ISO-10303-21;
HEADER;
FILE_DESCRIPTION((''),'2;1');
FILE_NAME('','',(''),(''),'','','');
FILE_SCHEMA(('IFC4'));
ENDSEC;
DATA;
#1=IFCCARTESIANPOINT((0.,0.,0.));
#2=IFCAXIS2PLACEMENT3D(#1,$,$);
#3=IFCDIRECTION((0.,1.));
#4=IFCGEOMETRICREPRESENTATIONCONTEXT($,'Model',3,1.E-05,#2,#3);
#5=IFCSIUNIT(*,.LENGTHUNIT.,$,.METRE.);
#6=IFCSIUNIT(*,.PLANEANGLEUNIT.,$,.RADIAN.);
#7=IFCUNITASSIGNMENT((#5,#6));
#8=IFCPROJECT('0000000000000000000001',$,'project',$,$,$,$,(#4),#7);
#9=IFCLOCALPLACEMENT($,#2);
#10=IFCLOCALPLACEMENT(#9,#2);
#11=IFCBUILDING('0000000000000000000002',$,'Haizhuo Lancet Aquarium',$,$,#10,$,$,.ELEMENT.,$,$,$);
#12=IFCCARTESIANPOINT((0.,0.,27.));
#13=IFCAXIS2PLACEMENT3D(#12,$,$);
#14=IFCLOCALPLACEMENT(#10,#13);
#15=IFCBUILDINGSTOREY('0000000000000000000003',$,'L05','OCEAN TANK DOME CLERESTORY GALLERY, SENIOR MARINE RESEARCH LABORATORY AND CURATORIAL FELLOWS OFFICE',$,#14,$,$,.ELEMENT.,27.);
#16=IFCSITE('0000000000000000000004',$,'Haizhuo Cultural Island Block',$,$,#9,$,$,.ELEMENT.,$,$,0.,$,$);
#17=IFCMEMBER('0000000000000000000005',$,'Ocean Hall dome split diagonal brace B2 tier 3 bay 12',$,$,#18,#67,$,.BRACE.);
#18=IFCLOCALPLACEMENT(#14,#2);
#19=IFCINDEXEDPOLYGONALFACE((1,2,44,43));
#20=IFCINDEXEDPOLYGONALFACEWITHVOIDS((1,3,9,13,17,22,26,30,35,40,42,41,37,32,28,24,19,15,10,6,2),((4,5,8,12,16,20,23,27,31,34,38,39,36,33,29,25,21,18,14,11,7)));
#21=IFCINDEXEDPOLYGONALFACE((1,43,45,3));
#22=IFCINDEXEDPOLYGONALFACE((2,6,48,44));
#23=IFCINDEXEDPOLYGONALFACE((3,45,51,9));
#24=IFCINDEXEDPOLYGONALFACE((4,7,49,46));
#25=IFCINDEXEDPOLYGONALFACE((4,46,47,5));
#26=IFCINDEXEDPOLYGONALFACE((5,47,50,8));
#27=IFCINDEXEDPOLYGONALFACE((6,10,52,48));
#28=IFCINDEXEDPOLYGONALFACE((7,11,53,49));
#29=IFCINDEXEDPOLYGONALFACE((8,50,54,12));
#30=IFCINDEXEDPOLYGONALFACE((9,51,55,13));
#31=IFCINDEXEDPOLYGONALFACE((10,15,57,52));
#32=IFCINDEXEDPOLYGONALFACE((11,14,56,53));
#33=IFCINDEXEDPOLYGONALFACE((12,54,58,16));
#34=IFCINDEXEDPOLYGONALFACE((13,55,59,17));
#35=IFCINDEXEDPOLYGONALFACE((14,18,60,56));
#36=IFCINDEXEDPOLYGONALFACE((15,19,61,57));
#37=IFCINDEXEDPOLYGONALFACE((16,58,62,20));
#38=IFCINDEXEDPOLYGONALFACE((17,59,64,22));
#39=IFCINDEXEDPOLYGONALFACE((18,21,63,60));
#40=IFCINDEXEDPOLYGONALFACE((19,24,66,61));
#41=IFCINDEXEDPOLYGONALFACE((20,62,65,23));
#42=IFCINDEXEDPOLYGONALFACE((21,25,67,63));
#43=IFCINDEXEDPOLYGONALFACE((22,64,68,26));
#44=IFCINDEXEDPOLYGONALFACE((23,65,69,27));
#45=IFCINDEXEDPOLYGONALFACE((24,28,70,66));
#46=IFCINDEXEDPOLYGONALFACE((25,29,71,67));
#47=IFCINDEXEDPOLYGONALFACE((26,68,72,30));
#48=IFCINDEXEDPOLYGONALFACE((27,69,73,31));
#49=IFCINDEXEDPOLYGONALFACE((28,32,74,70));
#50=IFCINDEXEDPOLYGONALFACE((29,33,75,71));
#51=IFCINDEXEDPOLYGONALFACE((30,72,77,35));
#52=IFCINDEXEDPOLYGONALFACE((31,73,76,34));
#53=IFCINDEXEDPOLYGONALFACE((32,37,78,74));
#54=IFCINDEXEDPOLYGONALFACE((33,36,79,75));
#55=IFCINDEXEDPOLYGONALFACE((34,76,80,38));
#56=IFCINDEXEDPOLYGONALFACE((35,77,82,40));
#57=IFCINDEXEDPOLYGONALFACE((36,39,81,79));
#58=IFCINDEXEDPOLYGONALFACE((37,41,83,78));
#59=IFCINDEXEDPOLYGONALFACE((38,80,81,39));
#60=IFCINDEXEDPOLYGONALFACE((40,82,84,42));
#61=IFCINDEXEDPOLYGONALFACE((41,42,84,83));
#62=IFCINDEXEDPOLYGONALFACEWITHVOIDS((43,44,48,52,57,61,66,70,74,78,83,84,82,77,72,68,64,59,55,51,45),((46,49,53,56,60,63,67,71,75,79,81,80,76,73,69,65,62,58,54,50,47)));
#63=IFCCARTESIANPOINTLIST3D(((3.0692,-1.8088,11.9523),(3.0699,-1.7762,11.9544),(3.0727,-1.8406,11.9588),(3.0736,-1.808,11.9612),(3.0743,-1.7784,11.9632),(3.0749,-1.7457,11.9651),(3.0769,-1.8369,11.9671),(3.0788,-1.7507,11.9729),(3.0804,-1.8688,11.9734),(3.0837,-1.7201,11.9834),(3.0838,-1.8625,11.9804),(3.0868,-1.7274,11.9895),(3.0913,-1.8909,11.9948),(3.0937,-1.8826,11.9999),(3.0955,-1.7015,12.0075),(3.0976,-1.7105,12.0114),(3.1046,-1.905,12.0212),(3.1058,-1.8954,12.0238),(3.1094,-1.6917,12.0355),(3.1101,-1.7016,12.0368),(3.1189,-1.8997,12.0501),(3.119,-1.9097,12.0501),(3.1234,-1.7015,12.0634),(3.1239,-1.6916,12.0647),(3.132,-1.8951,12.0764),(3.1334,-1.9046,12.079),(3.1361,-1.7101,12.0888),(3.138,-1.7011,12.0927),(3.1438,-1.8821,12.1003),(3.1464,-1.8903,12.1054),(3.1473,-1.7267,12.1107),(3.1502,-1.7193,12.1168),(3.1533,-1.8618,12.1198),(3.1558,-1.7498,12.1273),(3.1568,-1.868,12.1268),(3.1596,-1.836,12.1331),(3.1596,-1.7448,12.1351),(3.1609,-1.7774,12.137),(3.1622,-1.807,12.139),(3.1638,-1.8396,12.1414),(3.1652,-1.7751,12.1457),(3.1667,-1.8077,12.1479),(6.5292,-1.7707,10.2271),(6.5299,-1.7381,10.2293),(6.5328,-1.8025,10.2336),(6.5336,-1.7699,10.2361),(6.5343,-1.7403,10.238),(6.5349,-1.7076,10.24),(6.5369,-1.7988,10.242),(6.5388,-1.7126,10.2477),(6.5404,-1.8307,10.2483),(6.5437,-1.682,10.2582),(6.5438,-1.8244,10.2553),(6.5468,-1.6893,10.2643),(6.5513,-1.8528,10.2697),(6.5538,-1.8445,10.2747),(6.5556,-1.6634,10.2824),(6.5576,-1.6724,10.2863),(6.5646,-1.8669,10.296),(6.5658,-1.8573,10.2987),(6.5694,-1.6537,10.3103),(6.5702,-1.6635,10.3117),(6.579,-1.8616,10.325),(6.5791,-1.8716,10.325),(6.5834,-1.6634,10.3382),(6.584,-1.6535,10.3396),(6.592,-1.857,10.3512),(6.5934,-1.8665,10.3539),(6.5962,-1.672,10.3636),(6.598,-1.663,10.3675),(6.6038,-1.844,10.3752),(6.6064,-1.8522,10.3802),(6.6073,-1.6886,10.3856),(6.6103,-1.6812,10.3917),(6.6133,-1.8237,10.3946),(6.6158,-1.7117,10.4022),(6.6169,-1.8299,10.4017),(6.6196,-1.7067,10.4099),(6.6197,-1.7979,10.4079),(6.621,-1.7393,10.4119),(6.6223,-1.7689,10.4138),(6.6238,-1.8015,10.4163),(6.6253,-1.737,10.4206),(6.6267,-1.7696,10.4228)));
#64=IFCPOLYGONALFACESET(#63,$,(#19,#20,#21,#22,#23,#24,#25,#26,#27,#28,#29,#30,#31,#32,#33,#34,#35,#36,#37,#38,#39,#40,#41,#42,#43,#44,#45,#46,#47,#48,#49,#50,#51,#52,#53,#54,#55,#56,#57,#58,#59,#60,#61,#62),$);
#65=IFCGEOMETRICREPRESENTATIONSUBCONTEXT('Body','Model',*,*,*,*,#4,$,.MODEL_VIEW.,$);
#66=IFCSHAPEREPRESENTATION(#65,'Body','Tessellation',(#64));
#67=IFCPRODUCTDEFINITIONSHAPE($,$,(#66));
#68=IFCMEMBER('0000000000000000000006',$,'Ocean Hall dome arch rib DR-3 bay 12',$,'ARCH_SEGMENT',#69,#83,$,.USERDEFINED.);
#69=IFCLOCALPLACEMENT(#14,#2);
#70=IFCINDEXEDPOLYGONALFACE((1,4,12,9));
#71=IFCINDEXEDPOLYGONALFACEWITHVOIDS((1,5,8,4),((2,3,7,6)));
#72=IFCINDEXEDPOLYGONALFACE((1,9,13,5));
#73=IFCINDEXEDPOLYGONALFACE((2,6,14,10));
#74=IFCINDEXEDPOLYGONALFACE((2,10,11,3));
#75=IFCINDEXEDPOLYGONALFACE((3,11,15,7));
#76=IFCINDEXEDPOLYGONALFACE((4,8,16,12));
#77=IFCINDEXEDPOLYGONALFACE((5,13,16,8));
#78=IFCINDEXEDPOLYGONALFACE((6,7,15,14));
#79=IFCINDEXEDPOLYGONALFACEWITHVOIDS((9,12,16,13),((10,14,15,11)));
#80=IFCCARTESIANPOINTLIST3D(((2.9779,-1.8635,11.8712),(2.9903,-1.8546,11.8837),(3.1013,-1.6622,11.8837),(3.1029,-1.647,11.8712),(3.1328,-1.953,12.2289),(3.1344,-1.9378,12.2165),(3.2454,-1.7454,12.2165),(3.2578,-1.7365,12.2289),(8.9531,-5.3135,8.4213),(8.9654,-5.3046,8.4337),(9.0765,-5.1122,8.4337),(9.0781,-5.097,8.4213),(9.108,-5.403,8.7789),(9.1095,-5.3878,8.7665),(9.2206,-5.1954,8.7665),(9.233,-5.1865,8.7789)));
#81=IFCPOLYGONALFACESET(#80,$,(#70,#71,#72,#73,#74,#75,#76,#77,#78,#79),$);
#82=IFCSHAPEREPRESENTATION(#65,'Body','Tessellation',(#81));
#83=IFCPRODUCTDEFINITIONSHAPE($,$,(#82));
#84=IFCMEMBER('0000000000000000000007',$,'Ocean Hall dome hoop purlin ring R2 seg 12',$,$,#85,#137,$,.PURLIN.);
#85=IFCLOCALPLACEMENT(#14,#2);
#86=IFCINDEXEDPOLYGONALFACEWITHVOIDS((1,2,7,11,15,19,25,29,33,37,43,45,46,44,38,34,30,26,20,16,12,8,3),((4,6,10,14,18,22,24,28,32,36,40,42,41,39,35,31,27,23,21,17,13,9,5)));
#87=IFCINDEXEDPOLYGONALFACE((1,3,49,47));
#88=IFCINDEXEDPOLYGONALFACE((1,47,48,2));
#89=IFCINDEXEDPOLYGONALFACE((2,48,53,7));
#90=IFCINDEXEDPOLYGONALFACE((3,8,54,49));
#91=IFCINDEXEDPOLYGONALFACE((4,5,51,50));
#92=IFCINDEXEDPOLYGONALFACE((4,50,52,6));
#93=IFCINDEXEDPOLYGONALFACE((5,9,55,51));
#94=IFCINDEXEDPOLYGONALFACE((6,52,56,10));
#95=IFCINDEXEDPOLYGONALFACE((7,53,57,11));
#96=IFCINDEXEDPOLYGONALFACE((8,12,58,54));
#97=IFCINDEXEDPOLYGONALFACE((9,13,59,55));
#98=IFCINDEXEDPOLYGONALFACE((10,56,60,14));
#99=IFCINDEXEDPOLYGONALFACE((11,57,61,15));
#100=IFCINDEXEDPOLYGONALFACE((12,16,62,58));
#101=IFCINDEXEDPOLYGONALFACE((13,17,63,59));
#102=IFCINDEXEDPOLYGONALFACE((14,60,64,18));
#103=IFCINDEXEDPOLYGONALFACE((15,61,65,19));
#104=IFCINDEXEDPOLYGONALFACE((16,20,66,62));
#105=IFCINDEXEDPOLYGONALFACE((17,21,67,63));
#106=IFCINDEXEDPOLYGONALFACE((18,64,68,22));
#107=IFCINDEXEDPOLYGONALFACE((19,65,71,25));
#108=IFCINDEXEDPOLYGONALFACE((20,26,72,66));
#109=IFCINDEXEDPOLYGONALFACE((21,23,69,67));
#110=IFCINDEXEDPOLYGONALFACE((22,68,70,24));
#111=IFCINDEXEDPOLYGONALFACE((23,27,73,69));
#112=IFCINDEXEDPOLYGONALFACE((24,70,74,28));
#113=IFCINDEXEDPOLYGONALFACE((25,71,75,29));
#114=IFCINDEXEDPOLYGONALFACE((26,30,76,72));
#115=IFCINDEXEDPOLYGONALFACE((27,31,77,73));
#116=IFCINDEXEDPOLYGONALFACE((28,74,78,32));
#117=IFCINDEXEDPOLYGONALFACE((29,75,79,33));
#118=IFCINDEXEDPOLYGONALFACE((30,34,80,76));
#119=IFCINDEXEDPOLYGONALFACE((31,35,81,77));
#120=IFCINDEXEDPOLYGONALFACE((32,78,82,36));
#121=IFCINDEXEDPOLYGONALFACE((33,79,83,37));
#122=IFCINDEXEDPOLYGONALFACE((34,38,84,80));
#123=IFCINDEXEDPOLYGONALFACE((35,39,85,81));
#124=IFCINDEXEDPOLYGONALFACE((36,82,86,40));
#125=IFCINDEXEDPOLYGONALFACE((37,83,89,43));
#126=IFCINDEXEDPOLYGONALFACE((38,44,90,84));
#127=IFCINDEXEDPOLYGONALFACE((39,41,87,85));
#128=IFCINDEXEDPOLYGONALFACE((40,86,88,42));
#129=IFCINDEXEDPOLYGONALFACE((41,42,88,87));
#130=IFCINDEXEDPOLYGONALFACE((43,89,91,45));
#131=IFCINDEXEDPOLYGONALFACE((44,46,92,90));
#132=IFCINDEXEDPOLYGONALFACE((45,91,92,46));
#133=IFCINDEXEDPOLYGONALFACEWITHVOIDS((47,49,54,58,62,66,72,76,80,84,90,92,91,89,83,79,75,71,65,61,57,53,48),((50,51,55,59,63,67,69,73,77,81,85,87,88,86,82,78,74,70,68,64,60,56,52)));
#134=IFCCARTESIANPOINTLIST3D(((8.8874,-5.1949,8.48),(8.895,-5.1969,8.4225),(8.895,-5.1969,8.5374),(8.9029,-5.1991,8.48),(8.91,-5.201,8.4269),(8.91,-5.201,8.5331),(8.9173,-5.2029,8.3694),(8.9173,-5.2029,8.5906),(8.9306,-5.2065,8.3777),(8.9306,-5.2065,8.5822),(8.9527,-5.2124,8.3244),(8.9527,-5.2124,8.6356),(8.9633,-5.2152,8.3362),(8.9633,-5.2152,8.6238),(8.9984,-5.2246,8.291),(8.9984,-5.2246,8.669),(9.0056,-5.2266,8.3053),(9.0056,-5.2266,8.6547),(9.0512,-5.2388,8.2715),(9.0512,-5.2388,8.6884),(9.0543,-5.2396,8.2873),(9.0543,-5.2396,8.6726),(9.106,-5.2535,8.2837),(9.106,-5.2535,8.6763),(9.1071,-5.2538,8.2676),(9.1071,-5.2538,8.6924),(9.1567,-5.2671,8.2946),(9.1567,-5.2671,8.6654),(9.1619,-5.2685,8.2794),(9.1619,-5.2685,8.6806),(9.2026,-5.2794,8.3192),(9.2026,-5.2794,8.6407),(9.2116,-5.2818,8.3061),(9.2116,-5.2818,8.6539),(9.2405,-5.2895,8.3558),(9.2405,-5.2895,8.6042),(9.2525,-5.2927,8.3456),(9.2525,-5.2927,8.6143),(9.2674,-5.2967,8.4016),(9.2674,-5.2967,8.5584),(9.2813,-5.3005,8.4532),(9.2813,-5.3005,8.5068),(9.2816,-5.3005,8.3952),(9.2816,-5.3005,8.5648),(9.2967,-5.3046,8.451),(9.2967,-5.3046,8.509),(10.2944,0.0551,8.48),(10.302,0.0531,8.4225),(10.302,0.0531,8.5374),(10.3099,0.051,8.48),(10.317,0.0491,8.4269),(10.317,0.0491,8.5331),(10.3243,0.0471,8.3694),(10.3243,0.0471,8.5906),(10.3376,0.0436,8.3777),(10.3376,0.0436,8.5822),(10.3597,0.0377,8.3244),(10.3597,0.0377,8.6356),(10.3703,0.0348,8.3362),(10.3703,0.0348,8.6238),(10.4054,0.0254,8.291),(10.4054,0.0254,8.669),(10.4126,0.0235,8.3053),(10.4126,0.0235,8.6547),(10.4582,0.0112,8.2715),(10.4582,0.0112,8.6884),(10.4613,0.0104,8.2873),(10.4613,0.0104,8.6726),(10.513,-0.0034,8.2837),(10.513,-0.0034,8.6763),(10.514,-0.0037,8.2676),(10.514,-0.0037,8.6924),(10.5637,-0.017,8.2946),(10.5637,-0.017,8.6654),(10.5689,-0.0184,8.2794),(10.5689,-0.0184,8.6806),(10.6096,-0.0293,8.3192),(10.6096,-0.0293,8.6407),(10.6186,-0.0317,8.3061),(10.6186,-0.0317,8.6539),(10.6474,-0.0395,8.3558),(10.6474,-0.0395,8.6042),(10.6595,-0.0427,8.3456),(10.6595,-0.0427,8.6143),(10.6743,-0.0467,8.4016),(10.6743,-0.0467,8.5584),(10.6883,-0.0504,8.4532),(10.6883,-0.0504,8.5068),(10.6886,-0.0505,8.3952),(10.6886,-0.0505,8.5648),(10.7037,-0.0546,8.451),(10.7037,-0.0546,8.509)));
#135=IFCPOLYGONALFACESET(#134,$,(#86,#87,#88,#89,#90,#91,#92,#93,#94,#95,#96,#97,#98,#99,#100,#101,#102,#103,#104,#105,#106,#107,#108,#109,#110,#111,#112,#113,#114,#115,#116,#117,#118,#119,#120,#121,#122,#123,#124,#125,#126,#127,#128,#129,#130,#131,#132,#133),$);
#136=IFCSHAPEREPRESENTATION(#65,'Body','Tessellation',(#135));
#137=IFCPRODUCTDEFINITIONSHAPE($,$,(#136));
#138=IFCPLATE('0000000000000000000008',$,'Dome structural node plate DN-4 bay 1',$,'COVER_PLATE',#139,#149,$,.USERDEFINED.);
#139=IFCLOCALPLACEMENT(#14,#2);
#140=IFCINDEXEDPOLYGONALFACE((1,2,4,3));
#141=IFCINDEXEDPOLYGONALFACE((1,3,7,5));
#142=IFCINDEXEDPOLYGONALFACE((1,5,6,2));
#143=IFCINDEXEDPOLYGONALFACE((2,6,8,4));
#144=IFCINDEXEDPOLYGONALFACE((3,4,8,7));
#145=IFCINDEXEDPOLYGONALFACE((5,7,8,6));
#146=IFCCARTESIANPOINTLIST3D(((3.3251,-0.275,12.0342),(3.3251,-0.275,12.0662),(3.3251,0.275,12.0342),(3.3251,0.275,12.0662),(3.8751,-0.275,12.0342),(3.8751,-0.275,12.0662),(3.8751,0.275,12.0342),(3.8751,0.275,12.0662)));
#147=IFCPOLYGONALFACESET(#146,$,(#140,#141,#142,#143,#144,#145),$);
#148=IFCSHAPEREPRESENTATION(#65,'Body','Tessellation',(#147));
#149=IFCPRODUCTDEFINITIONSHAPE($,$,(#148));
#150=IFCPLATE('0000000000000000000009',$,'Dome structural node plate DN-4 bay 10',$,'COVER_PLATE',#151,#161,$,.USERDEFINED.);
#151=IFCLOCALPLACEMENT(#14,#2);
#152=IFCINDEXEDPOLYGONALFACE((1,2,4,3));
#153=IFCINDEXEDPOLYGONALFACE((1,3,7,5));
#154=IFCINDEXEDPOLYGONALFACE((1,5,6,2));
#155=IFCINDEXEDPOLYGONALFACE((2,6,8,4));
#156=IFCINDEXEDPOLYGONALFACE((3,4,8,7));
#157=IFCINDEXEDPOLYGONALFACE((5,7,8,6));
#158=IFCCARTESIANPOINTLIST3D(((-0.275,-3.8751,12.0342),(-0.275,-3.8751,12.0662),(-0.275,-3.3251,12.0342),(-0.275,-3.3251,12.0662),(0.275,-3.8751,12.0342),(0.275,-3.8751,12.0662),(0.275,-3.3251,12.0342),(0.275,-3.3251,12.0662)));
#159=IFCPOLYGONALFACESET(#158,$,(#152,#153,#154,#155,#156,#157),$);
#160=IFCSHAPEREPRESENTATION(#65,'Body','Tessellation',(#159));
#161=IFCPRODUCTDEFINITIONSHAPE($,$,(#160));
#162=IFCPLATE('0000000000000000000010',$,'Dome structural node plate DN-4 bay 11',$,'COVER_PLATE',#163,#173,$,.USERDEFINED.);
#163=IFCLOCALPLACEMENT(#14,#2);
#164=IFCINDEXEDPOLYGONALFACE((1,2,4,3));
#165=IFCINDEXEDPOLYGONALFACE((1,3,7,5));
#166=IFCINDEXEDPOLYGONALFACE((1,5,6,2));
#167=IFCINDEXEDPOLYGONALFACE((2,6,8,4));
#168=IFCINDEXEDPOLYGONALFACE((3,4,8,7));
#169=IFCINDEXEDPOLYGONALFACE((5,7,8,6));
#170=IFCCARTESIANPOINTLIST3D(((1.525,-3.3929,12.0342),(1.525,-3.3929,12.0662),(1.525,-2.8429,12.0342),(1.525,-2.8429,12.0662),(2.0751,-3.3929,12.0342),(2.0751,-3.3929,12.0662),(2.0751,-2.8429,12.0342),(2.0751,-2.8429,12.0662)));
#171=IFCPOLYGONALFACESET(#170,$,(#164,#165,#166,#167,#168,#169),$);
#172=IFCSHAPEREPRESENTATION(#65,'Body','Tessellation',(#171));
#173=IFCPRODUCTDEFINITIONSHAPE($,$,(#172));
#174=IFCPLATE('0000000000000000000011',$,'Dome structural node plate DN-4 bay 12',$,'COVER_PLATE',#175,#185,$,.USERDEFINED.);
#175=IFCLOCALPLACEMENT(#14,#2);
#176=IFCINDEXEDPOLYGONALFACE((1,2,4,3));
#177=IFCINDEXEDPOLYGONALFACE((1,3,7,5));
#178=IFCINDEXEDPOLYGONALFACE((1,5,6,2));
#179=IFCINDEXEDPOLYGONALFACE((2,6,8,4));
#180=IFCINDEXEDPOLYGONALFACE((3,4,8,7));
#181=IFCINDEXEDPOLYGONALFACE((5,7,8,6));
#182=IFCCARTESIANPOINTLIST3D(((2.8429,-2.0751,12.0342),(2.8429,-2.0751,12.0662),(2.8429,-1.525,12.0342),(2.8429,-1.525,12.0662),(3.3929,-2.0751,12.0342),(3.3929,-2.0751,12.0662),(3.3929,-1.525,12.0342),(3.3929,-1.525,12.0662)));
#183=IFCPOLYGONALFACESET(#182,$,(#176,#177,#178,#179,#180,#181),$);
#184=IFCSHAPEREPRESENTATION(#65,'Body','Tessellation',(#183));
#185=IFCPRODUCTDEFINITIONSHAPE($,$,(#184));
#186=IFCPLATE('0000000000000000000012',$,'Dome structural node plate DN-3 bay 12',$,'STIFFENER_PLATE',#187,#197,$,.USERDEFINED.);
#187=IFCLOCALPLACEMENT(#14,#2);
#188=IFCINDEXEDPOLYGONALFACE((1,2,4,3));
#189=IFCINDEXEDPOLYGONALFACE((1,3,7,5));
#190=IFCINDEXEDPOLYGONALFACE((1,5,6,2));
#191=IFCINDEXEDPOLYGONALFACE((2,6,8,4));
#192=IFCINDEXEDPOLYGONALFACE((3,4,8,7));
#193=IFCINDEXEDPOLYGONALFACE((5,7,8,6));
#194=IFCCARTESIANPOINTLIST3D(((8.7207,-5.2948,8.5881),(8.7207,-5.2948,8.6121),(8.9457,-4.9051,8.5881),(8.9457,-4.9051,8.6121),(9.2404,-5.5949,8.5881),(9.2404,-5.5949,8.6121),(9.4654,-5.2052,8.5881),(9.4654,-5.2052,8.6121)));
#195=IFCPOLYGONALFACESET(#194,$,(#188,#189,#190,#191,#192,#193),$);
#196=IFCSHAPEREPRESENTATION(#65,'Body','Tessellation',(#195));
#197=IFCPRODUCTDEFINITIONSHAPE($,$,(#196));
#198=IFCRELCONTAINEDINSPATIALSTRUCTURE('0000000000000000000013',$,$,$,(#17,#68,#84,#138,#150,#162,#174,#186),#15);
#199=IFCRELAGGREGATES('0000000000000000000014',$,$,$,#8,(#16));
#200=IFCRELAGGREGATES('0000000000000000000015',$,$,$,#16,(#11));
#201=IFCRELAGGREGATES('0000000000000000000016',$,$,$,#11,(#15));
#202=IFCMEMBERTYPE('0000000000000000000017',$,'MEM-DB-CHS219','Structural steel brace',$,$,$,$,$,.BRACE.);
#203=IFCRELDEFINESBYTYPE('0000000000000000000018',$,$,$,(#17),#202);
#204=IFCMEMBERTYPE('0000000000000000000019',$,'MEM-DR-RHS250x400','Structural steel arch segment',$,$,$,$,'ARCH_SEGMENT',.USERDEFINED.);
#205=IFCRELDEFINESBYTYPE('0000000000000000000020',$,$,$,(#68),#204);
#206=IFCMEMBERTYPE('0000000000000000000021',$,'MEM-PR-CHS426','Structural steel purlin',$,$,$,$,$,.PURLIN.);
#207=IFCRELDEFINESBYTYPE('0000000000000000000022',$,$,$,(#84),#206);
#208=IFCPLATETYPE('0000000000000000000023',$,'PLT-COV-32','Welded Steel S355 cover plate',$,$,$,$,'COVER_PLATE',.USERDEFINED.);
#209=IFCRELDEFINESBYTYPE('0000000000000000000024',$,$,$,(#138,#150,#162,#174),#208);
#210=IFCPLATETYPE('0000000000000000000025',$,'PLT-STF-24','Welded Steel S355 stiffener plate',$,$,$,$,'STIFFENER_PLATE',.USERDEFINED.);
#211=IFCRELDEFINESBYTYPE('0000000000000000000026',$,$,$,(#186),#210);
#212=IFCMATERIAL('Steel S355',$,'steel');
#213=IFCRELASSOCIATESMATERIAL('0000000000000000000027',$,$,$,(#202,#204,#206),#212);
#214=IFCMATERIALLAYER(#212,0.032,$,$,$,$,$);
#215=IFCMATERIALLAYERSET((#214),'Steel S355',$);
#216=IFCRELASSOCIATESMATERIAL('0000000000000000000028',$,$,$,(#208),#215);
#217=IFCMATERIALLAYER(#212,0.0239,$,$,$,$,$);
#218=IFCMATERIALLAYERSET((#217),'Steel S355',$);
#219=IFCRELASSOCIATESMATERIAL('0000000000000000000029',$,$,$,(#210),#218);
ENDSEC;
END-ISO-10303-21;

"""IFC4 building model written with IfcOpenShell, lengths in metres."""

from ifc_helpers import new_model, si_unit, direction, frame, origin, origin_2d, place, context, subcontext, project, spatial, rectangle, hollow_rectangle, hollow_circle, extrude, material, layer, layer_set, material_profile, profile_set, type_object, element, save


model = new_model("IFC4")

# Units and contexts
model_context = context("Model", 3, precision=1e-05, world=origin(), true_north=direction((0.0, 1.0)))
body_context = subcontext(model_context, "Body", "Model", "MODEL_VIEW")
ifc_project = project(units=[si_unit("LENGTHUNIT", "METRE"), si_unit("PLANEANGLEUNIT", "RADIAN")], contexts=[model_context])

# Site, building, storey
site_placement = place(None, origin())
site = spatial("IfcSite", under=ifc_project, at=site_placement, Name="Haizhuo Cultural Island Block", CompositionType="ELEMENT", RefElevation=0.0)
building_placement = place(site_placement, origin())
building = spatial("IfcBuilding", under=site, at=building_placement, Name="Haizhuo Lancet Aquarium", CompositionType="ELEMENT")
storey_placement = place(building_placement, frame((0.0, 0.0, 27.0)))
storey = spatial("IfcBuildingStorey", under=building, at=storey_placement, Name="L05", Description="OCEAN TANK DOME CLERESTORY GALLERY, SENIOR MARINE RESEARCH LABORATORY AND CURATORIAL FELLOWS OFFICE", CompositionType="ELEMENT", Elevation=27.0)

# Shared definitions
ifc_material_1 = material(Name="Steel S355", Category="steel")

# Members
ifc_material_profile_1 = material_profile(ifc_material_1, hollow_circle(Radius=0.1096, WallThickness=0.01, at=origin_2d()), Name="CHS 219x10")
ifc_profile_set_1 = profile_set([ifc_material_profile_1], Name="Steel S355")
member_type_1 = type_object("IfcMemberType", Name="MEM-DB-CHS219", Description="Structural steel brace", PredefinedType="BRACE", material=ifc_profile_set_1)
member_1_placement = place(storey_placement, frame((6.5779, -1.762, 10.325), z_axis=(-0.894888, -0.009851, 0.446181), x_axis=(0.011007, -0.999939, 0.0)))
element("IfcMember", 1, at=member_1_placement, inside=storey, type_object=member_type_1, Name="Ocean Hall dome split diagonal brace B2 tier 3 bay 12", PredefinedType="BRACE", context=body_context, shape_type="SweptSolid", body=[
    extrude(hollow_circle(Radius=0.1096, WallThickness=0.01, at=origin_2d()), origin(), (0.0, 0.0, 1.0), 3.8665),
])
ifc_material_profile_2 = material_profile(ifc_material_1, hollow_rectangle(XDim=0.25, YDim=0.3999, WallThickness=0.0139, at=origin_2d()), Name="RHS 250x400x14")
ifc_profile_set_2 = profile_set([ifc_material_profile_2], Name="Steel S355")
member_type_2 = type_object("IfcMemberType", Name="MEM-DR-RHS250x400", Description="Structural steel arch segment", ElementType="ARCH_SEGMENT", PredefinedType="USERDEFINED", material=ifc_profile_set_2)
member_2_placement = place(storey_placement, frame((9.093, -5.25, 8.6001), z_axis=(-0.774576, 0.447231, 0.447231), x_axis=(-0.500025, -0.866011, 0.0)))
element("IfcMember", 2, at=member_2_placement, inside=storey, type_object=member_type_2, Name="Ocean Hall dome arch rib DR-3 bay 12", ObjectType="ARCH_SEGMENT", PredefinedType="USERDEFINED", context=body_context, shape_type="SweptSolid", body=[
    extrude(hollow_rectangle(XDim=0.25, YDim=0.3999, WallThickness=0.0139, at=origin_2d()), origin(), (0.0, 0.0, 1.0), 7.7141),
])
ifc_material_profile_3 = material_profile(ifc_material_1, hollow_circle(Radius=0.2129, WallThickness=0.0161, at=origin_2d()), Name="CHS 426x16")
ifc_profile_set_3 = profile_set([ifc_material_profile_3], Name="Steel S355")
member_type_3 = type_object("IfcMemberType", Name="MEM-PR-CHS426", Description="Structural steel purlin", PredefinedType="PURLIN", material=ifc_profile_set_3)
member_3_placement = place(storey_placement, frame((9.093, -5.25, 8.48), z_axis=(0.258862, 0.965914, 0.0), x_axis=(-0.965914, 0.258862, 0.0)))
element("IfcMember", 3, at=member_3_placement, inside=storey, type_object=member_type_3, Name="Ocean Hall dome hoop purlin ring R2 seg 12", PredefinedType="PURLIN", context=body_context, shape_type="SweptSolid", body=[
    extrude(hollow_circle(Radius=0.2129, WallThickness=0.0161, at=origin_2d()), origin(), (0.0, 0.0, 1.0), 5.4353),
])

# Plates
ifc_layer_1 = layer(ifc_material_1, 0.032)
ifc_layer_set_1 = layer_set([ifc_layer_1], Name="Steel S355")
plate_type_1 = type_object("IfcPlateType", Name="PLT-COV-32", Description="Welded Steel S355 cover plate", ElementType="COVER_PLATE", PredefinedType="USERDEFINED", material=ifc_layer_set_1)
for number, where, z_axis, x_axis, name in (
    (4, (3.6001, 0.0, 12.0342), (0.0, 0.0, 1.0), (1.0, 0.0, 0.0), "Dome structural node plate DN-4 bay 1"),
    (5, (0.0, -3.6001, 12.0342), (0.0, 0.0, 1.0), (1.0, 0.0, 0.0), "Dome structural node plate DN-4 bay 10"),
    (6, (1.8, -3.1179, 12.0342), (0.0, 0.0, 1.0), (1.0, 0.0, 0.0), "Dome structural node plate DN-4 bay 11"),
    (7, (3.1179, -1.8, 12.0342), (0.0, 0.0, 1.0), (1.0, 0.0, 0.0), "Dome structural node plate DN-4 bay 12"),
):
    element("IfcPlate", number, at=place(storey_placement, frame(where, z_axis=z_axis, x_axis=x_axis)), inside=storey, type_object=plate_type_1, Name=name, ObjectType="COVER_PLATE", PredefinedType="USERDEFINED", context=body_context, shape_type="SweptSolid", body=[
        extrude(rectangle(XDim=0.55, YDim=0.55, at=origin_2d()), origin(), (0.0, 0.0, 1.0), 0.032),
    ])
ifc_layer_2 = layer(ifc_material_1, 0.0239)
ifc_layer_set_2 = layer_set([ifc_layer_2], Name="Steel S355")
plate_type_2 = type_object("IfcPlateType", Name="PLT-STF-24", Description="Welded Steel S355 stiffener plate", ElementType="STIFFENER_PLATE", PredefinedType="USERDEFINED", material=ifc_layer_set_2)
plate_placement = place(storey_placement, frame((9.093, -5.25, 8.5881), z_axis=(0.0, 0.0, 1.0), x_axis=(0.866025, -0.5, 0.0)))
element("IfcPlate", 8, at=plate_placement, inside=storey, type_object=plate_type_2, Name="Dome structural node plate DN-3 bay 12", ObjectType="STIFFENER_PLATE", PredefinedType="USERDEFINED", context=body_context, shape_type="SweptSolid", body=[
    extrude(rectangle(XDim=0.6001, YDim=0.45, at=origin_2d()), origin(), (0.0, 0.0, 1.0), 0.0239),
])

save(model, "model.ifc")
